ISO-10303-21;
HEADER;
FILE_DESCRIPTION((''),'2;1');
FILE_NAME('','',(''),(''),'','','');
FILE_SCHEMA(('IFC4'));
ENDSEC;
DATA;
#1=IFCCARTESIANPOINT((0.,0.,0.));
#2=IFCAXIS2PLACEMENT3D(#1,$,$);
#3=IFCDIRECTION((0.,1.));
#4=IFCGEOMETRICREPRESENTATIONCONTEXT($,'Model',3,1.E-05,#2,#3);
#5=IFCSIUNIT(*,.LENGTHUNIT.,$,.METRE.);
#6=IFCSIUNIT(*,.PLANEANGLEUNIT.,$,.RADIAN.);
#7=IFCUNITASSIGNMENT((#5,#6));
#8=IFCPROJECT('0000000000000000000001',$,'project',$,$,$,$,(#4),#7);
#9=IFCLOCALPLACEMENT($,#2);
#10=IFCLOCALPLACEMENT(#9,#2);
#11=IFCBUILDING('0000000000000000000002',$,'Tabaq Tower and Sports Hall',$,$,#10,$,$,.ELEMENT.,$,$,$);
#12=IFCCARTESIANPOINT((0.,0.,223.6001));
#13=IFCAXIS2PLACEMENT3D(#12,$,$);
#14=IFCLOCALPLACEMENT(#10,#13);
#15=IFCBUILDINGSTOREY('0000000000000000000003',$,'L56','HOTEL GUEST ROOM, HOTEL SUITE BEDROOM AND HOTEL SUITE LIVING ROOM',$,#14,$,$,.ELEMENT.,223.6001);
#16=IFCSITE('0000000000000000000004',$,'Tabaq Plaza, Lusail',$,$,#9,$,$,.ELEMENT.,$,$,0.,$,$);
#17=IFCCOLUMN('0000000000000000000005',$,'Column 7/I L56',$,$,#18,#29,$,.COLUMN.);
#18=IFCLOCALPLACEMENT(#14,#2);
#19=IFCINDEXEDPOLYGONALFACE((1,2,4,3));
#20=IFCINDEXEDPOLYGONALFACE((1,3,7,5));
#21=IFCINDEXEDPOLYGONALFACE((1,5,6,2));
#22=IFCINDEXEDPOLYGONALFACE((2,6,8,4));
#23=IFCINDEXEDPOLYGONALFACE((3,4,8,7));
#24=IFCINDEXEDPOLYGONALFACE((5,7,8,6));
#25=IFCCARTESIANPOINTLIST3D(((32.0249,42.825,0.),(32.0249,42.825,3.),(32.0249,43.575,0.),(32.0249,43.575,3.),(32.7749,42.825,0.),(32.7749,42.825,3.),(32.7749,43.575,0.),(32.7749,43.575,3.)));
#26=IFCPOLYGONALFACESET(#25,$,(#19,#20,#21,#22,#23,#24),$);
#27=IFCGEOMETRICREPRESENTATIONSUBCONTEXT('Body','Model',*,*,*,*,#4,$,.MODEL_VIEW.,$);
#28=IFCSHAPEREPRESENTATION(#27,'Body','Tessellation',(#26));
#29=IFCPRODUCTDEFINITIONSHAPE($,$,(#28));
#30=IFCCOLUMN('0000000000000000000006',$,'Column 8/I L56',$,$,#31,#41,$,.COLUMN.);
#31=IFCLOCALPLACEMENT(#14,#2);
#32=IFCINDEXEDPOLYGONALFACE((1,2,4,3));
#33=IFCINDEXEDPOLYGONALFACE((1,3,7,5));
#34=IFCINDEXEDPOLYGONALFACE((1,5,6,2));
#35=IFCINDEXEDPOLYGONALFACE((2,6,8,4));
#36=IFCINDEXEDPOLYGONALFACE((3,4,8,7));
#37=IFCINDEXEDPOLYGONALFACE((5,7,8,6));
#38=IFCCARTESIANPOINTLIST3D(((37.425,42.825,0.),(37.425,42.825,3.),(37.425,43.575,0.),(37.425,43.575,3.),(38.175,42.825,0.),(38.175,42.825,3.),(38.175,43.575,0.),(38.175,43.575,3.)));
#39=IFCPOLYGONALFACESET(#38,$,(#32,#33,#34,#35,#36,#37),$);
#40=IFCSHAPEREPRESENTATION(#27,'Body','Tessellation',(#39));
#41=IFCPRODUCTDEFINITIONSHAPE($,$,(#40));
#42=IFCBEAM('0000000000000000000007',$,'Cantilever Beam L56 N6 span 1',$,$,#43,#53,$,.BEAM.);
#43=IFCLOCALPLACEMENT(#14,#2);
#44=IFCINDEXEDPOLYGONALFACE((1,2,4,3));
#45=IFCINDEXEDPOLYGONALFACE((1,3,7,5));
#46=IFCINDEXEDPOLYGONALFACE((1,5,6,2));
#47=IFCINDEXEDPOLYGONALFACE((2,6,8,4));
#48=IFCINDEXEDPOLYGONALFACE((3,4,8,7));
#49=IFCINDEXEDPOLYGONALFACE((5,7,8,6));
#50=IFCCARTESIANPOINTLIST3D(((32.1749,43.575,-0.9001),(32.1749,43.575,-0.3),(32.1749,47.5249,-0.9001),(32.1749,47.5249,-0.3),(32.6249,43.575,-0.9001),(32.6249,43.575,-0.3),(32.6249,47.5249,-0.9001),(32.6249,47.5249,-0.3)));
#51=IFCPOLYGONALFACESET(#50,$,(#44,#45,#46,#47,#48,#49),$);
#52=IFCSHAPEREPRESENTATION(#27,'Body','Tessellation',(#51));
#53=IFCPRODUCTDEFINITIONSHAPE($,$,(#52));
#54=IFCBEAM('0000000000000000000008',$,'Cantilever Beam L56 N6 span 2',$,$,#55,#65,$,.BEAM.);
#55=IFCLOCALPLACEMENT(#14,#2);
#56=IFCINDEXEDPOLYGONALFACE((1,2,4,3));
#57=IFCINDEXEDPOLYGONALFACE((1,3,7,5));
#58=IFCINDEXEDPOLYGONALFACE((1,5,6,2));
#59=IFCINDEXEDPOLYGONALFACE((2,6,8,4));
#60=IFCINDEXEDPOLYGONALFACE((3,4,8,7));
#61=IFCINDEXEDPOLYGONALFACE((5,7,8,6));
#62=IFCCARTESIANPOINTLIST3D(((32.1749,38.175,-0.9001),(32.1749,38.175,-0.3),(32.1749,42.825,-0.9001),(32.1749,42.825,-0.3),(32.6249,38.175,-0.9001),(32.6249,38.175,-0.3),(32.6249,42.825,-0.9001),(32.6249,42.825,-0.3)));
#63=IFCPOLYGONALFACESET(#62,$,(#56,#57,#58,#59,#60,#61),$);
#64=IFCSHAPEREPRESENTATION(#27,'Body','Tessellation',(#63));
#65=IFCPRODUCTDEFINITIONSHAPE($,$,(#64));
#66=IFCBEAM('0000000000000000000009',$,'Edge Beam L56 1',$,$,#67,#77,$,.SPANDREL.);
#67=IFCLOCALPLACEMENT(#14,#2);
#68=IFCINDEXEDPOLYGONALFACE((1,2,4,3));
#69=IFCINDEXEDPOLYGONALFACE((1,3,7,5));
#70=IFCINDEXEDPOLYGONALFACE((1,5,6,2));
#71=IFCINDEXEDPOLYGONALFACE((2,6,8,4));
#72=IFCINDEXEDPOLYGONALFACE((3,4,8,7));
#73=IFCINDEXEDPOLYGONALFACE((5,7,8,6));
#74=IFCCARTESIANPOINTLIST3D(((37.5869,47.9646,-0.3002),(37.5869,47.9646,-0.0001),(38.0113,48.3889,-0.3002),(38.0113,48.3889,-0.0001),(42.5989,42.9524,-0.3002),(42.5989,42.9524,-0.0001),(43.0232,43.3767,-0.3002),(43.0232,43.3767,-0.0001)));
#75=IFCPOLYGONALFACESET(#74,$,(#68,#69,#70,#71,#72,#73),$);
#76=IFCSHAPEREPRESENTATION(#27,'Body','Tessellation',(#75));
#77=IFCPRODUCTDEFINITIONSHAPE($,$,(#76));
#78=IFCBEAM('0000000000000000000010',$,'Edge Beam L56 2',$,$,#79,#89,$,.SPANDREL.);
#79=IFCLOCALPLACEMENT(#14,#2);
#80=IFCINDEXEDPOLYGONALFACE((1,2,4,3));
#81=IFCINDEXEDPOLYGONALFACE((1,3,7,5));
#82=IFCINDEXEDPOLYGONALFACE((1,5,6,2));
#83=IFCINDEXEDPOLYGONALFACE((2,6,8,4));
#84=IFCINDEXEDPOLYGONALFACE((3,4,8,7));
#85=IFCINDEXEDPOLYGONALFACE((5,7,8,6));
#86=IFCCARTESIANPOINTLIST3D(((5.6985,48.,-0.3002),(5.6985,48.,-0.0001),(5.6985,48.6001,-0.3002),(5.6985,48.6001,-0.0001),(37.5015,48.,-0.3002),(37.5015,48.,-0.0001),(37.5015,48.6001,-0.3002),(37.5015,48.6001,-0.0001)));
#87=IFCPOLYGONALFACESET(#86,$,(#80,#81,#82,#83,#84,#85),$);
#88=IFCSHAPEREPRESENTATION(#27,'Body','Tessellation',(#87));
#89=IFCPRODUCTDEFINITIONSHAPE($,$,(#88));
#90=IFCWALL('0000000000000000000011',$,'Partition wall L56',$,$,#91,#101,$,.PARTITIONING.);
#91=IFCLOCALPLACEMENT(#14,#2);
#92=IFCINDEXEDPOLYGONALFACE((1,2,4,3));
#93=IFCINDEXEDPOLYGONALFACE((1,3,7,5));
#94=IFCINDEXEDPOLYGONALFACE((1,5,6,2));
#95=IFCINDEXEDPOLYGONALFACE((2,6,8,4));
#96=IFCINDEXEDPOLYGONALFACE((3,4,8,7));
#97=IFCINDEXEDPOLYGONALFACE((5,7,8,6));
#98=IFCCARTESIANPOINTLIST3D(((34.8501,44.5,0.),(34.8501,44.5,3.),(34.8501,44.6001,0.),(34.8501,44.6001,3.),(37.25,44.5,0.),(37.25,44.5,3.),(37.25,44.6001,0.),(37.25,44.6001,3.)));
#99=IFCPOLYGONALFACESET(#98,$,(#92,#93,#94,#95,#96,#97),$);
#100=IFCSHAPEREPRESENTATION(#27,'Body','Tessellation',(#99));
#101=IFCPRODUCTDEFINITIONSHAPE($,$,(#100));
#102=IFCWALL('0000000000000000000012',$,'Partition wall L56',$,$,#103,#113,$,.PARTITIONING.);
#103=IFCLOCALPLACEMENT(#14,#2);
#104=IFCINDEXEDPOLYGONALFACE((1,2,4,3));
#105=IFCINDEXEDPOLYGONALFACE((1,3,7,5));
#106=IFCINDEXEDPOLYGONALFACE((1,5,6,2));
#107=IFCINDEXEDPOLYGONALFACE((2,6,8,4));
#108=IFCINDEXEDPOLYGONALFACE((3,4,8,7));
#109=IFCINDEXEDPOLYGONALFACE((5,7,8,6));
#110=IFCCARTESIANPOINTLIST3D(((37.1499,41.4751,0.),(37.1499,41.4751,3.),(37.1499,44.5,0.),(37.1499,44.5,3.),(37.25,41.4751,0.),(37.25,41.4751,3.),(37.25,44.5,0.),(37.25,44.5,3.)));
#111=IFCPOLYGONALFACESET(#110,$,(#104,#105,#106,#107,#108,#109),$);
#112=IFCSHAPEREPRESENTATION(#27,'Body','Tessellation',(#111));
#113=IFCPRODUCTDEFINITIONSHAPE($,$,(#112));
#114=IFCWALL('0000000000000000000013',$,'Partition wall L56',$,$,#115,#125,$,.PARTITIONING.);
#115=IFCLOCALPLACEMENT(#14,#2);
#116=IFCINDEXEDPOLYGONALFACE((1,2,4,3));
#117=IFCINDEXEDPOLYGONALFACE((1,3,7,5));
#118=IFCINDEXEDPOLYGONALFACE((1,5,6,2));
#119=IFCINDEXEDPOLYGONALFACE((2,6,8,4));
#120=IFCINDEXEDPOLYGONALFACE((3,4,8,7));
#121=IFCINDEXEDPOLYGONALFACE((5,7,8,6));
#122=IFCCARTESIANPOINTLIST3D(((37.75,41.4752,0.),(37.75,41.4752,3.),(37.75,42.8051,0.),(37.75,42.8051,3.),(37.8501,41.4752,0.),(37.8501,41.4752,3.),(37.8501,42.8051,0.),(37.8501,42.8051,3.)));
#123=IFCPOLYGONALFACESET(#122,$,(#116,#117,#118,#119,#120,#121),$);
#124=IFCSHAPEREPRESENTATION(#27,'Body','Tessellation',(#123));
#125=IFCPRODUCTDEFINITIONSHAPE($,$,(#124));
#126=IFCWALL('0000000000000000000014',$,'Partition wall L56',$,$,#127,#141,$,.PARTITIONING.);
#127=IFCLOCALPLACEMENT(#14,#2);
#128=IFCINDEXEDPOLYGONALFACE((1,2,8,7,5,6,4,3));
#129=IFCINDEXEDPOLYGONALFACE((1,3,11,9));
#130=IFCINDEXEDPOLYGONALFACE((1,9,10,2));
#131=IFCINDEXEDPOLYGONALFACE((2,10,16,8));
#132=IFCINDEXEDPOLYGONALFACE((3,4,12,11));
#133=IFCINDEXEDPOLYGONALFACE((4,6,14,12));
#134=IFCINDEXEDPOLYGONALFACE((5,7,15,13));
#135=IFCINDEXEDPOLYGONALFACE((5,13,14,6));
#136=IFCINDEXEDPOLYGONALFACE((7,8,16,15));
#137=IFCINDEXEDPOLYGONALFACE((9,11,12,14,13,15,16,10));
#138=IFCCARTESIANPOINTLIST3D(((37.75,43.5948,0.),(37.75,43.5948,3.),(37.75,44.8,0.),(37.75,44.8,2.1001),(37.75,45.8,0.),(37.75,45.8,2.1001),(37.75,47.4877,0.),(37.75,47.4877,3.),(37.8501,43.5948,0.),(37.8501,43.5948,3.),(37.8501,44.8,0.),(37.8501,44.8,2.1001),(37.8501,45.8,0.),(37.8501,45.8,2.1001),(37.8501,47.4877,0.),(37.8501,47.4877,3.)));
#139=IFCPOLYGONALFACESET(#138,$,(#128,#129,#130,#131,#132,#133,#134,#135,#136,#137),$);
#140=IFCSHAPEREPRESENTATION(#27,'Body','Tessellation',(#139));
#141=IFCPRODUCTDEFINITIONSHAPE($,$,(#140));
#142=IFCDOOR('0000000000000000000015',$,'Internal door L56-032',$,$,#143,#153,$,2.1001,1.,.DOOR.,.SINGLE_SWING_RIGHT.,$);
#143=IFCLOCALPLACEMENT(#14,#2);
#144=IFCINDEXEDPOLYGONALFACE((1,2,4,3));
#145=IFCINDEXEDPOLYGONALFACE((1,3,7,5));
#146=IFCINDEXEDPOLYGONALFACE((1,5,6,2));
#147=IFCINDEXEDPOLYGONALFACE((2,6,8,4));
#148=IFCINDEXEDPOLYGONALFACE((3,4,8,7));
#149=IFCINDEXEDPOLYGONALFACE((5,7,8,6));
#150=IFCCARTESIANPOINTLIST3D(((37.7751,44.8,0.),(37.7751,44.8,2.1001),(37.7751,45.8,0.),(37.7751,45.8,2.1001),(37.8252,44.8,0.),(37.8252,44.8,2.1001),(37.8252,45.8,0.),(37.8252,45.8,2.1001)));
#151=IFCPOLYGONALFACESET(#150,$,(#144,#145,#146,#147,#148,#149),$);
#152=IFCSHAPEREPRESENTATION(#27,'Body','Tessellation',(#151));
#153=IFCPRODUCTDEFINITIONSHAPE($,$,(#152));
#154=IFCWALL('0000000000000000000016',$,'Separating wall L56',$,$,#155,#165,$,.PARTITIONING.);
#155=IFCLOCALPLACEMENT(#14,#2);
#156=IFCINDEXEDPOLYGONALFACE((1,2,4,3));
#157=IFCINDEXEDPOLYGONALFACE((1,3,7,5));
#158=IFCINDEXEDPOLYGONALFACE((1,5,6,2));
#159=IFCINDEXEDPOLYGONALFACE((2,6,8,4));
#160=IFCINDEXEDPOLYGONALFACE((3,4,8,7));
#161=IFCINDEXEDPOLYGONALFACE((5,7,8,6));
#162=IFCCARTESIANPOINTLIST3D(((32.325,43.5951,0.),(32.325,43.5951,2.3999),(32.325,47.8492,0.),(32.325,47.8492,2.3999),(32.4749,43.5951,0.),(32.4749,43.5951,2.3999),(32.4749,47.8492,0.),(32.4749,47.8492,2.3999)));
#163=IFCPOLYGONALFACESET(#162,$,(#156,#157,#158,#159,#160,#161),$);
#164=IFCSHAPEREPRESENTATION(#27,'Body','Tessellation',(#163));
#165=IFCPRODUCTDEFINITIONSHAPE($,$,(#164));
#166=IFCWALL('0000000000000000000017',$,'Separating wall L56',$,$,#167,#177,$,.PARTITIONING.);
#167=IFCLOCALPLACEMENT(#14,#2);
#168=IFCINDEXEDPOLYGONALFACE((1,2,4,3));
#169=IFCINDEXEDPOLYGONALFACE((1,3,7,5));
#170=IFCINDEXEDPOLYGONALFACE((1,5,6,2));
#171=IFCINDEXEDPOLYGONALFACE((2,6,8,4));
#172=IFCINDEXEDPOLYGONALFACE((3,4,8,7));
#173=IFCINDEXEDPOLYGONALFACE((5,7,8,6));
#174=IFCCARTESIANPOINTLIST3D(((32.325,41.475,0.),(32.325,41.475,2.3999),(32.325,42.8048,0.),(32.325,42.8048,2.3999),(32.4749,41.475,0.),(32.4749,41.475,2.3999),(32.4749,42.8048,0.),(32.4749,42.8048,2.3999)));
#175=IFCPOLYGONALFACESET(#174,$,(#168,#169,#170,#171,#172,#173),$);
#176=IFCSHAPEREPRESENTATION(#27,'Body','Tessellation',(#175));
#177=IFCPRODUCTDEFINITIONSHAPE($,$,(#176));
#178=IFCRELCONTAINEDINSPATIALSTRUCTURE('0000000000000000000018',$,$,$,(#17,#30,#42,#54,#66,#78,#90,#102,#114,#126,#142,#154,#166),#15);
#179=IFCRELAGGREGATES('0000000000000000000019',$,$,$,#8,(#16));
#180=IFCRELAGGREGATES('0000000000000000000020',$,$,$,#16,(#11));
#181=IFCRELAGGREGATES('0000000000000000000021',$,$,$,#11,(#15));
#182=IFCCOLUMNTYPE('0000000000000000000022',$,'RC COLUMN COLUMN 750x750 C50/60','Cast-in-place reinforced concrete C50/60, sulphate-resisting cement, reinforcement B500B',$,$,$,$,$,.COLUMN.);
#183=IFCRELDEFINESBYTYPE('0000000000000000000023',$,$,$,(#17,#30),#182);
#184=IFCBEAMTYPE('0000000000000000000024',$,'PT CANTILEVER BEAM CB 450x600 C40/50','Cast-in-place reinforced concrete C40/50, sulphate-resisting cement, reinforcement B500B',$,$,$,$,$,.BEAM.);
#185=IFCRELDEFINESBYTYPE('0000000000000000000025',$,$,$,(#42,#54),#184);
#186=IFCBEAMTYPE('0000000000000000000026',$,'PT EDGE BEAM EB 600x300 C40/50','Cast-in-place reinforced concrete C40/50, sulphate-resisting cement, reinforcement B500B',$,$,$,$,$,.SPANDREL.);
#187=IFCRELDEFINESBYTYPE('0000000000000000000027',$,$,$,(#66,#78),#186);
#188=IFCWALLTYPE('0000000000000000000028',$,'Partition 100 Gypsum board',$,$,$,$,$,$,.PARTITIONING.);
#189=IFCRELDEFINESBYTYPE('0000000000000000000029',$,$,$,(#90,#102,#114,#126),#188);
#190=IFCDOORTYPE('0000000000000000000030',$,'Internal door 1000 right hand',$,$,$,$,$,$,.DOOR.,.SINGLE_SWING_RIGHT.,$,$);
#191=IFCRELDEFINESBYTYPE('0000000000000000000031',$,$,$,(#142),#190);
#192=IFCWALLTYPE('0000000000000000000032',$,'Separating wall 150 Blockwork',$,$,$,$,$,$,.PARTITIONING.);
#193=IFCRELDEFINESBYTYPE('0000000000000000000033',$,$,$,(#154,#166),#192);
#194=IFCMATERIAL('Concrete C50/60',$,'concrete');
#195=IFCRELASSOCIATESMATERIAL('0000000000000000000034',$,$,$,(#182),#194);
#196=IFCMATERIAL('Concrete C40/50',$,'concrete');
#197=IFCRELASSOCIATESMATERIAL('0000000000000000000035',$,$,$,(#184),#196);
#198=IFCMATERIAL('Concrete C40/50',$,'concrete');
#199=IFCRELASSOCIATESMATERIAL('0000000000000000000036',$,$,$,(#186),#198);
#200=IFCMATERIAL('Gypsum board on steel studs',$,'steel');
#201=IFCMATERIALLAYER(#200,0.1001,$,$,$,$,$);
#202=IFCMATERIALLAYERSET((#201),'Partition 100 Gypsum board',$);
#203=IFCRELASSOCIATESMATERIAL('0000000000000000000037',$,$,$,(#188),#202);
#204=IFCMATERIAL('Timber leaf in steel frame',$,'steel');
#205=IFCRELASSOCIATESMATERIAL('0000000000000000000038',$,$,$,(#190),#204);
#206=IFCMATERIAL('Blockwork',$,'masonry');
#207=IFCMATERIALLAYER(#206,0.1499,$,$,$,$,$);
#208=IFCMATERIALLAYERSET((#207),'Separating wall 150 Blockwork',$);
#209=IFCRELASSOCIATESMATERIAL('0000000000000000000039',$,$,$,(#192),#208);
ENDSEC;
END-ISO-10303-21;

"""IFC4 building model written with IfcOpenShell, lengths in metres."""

from ifc_helpers import new_model, si_unit, direction, frame, frame_2d, origin, origin_2d, place, context, subcontext, project, spatial, rectangle, extrude, material, layer, layer_set, material_profile, profile_set, type_object, element, fill, save


model = new_model("IFC4")

# Units and contexts
model_context = context("Model", 3, precision=1e-05, world=origin(), true_north=direction((0.0, 1.0)))
body_context = subcontext(model_context, "Body", "Model", "MODEL_VIEW")
ifc_project = project(units=[si_unit("LENGTHUNIT", "METRE"), si_unit("PLANEANGLEUNIT", "RADIAN")], contexts=[model_context])

# Site, building, storey
site_placement = place(None, origin())
site = spatial("IfcSite", under=ifc_project, at=site_placement, Name="Tabaq Plaza, Lusail", CompositionType="ELEMENT", RefElevation=0.0)
building_placement = place(site_placement, origin())
building = spatial("IfcBuilding", under=site, at=building_placement, Name="Tabaq Tower and Sports Hall", CompositionType="ELEMENT")
storey_placement = place(building_placement, frame((0.0, 0.0, 223.6001)))
storey = spatial("IfcBuildingStorey", under=building, at=storey_placement, Name="L56", Description="HOTEL GUEST ROOM, HOTEL SUITE BEDROOM AND HOTEL SUITE LIVING ROOM", CompositionType="ELEMENT", Elevation=223.6001)

# Columns
ifc_material_1 = material(Name="Concrete C50/60", Category="concrete")
ifc_material_profile_1 = material_profile(ifc_material_1, rectangle(XDim=0.75, YDim=0.75, at=origin_2d()), Name="COLUMN 750x750")
ifc_profile_set_1 = profile_set([ifc_material_profile_1], Name="Concrete C50/60")
column_type = type_object("IfcColumnType", Name="RC COLUMN COLUMN 750x750 C50/60", Description="Cast-in-place reinforced concrete C50/60, sulphate-resisting cement, reinforcement B500B", PredefinedType="COLUMN", material=ifc_profile_set_1)
for number, where, z_axis, x_axis, name in (
    (1, (32.3999, 43.2, 0.0), (0.0, 0.0, 1.0), (1.0, 0.0, 0.0), "Column 7/I L56"),
    (2, (37.8, 43.2, 0.0), (0.0, 0.0, 1.0), (1.0, 0.0, 0.0), "Column 8/I L56"),
):
    element("IfcColumn", number, at=place(storey_placement, frame(where, z_axis=z_axis, x_axis=x_axis)), inside=storey, type_object=column_type, Name=name, PredefinedType="COLUMN", context=body_context, shape_type="SweptSolid", body=[
        extrude(rectangle(XDim=0.75, YDim=0.75, at=origin_2d()), origin(), (0.0, 0.0, 1.0), 3.0),
    ])

# Beams
ifc_material_2 = material(Name="Concrete C40/50", Category="concrete")
ifc_material_profile_2 = material_profile(ifc_material_2, rectangle(XDim=0.45, YDim=0.6001, at=origin_2d()), Name="CB 450x600")
ifc_profile_set_2 = profile_set([ifc_material_profile_2], Name="Concrete C40/50")
beam_type_1 = type_object("IfcBeamType", Name="PT CANTILEVER BEAM CB 450x600 C40/50", Description="Cast-in-place reinforced concrete C40/50, sulphate-resisting cement, reinforcement B500B", PredefinedType="BEAM", material=ifc_profile_set_2)
beam_1_placement = place(storey_placement, frame((32.3999, 47.5249, -0.6001), z_axis=(0.0, -1.0, 0.0), x_axis=(1.0, 0.0, 0.0)))
element("IfcBeam", 3, at=beam_1_placement, inside=storey, type_object=beam_type_1, Name="Cantilever Beam L56 N6 span 1", PredefinedType="BEAM", context=body_context, shape_type="SweptSolid", body=[
    extrude(rectangle(XDim=0.45, YDim=0.6001, at=origin_2d()), origin(), (0.0, 0.0, 1.0), 3.95),
])
beam_2_placement = place(storey_placement, frame((32.3999, 42.825, -0.6001), z_axis=(0.0, -1.0, 0.0), x_axis=(1.0, 0.0, 0.0)))
element("IfcBeam", 4, at=beam_2_placement, inside=storey, type_object=beam_type_1, Name="Cantilever Beam L56 N6 span 2", PredefinedType="BEAM", context=body_context, shape_type="SweptSolid", body=[
    extrude(rectangle(XDim=0.45, YDim=0.6001, at=origin_2d()), origin(), (0.0, 0.0, 1.0), 4.6499),
])
ifc_material_3 = material(Name="Concrete C40/50", Category="concrete")
ifc_material_profile_3 = material_profile(ifc_material_3, rectangle(XDim=0.6001, YDim=0.3, at=origin_2d()), Name="EB 600x300")
ifc_profile_set_3 = profile_set([ifc_material_profile_3], Name="Concrete C40/50")
beam_type_2 = type_object("IfcBeamType", Name="PT EDGE BEAM EB 600x300 C40/50", Description="Cast-in-place reinforced concrete C40/50, sulphate-resisting cement, reinforcement B500B", PredefinedType="SPANDREL", material=ifc_profile_set_3)
beam_3_placement = place(storey_placement, frame((42.811, 43.1646, -0.1501), z_axis=(-0.70709, 0.707124, 0.0), x_axis=(-0.707124, -0.70709, 0.0)))
element("IfcBeam", 5, at=beam_3_placement, inside=storey, type_object=beam_type_2, Name="Edge Beam L56 1", PredefinedType="SPANDREL", context=body_context, shape_type="SweptSolid", body=[
    extrude(rectangle(XDim=0.6001, YDim=0.3, at=origin_2d()), origin(), (0.0, 0.0, 1.0), 7.0881),
])
beam_4_placement = place(storey_placement, frame((37.5015, 48.3, -0.1501), z_axis=(-1.0, 0.0, 0.0), x_axis=(0.0, -1.0, 0.0)))
element("IfcBeam", 6, at=beam_4_placement, inside=storey, type_object=beam_type_2, Name="Edge Beam L56 2", PredefinedType="SPANDREL", context=body_context, shape_type="SweptSolid", body=[
    extrude(rectangle(XDim=0.6001, YDim=0.3, at=origin_2d()), origin(), (0.0, 0.0, 1.0), 31.803),
])

# Walls
ifc_material_4 = material(Name="Gypsum board on steel studs", Category="steel")
ifc_layer_1 = layer(ifc_material_4, 0.1001)
ifc_layer_set_1 = layer_set([ifc_layer_1], Name="Partition 100 Gypsum board")
wall_type_1 = type_object("IfcWallType", Name="Partition 100 Gypsum board", PredefinedType="PARTITIONING", material=ifc_layer_set_1)
wall_1_placement = place(storey_placement, frame((34.8501, 44.55, 0.0), z_axis=(0.0, 0.0, 1.0), x_axis=(1.0, 0.0, 0.0)))
element("IfcWall", 7, at=wall_1_placement, inside=storey, type_object=wall_type_1, Name="Partition wall L56", PredefinedType="PARTITIONING", context=body_context, shape_type="SweptSolid", body=[
    extrude(rectangle(XDim=2.3999, YDim=0.1001, at=frame_2d((1.2, 0.0))), origin(), (0.0, 0.0, 1.0), 3.0),
])
wall_2_placement = place(storey_placement, frame((37.2, 44.5, 0.0), z_axis=(0.0, 0.0, 1.0), x_axis=(0.0, -1.0, 0.0)))
element("IfcWall", 8, at=wall_2_placement, inside=storey, type_object=wall_type_1, Name="Partition wall L56", PredefinedType="PARTITIONING", context=body_context, shape_type="SweptSolid", body=[
    extrude(rectangle(XDim=3.0249, YDim=0.1001, at=frame_2d((1.5125, 0.0))), origin(), (0.0, 0.0, 1.0), 3.0),
])
wall_3_placement = place(storey_placement, frame((37.8, 41.4751, 0.0), z_axis=(0.0, 0.0, 1.0), x_axis=(0.0, 1.0, 0.0)))
element("IfcWall", 9, at=wall_3_placement, inside=storey, type_object=wall_type_1, Name="Partition wall L56", PredefinedType="PARTITIONING", context=body_context, shape_type="SweptSolid", body=[
    extrude(rectangle(XDim=1.3298, YDim=0.1001, at=frame_2d((0.665, 0.0))), origin(), (0.0, 0.0, 1.0), 3.0),
])

# Wall, opening, door
wall_4_placement = place(storey_placement, frame((37.8, 43.595, 0.0), z_axis=(0.0, 0.0, 1.0), x_axis=(0.0, 1.0, 0.0)))
wall_4 = element("IfcWall", 10, at=wall_4_placement, inside=storey, type_object=wall_type_1, Name="Partition wall L56", PredefinedType="PARTITIONING", context=body_context, shape_type="SweptSolid", body=[
    extrude(rectangle(XDim=3.8928, YDim=0.1001, at=frame_2d((1.9463, 0.0))), origin(), (0.0, 0.0, 1.0), 3.0),
])
opening_1_placement = place(wall_4_placement, frame((1.2051, 0.0, 0.0)))
opening_1 = element("IfcOpeningElement", 11, at=opening_1_placement, cuts=wall_4, PredefinedType="OPENING", context=body_context, shape_type="SweptSolid", body=[
    extrude(rectangle(XDim=1.0, YDim=2.1001, at=frame_2d((0.5, 1.05))), frame((0.0, 0.05, 0.0), z_axis=(0.0, -1.0, 0.0), x_axis=(1.0, 0.0, 0.0)), (0.0, 0.0, 1.0), 0.1001),
])
ifc_material_5 = material(Name="Timber leaf in steel frame", Category="steel")
door_type = type_object("IfcDoorType", Name="Internal door 1000 right hand", OperationType="SINGLE_SWING_RIGHT", PredefinedType="DOOR", material=ifc_material_5)
door_placement = place(opening_1_placement, origin())
door = element("IfcDoor", 12, at=door_placement, inside=storey, type_object=door_type, Name="Internal door L56-032", OperationType="SINGLE_SWING_RIGHT", OverallHeight=2.1001, OverallWidth=1.0, PredefinedType="DOOR", context=body_context, shape_type="SweptSolid", body=[
    extrude(rectangle(XDim=1.0, YDim=2.1001, at=frame_2d((0.5, 1.05))), frame((0.0, 0.0249, 0.0), z_axis=(0.0, -1.0, 0.0), x_axis=(1.0, 0.0, 0.0)), (0.0, 0.0, 1.0), 0.05),
])
fill(opening_1, door)

# Walls
ifc_material_6 = material(Name="Blockwork", Category="masonry")
ifc_layer_2 = layer(ifc_material_6, 0.1499)
ifc_layer_set_2 = layer_set([ifc_layer_2], Name="Separating wall 150 Blockwork")
wall_type_2 = type_object("IfcWallType", Name="Separating wall 150 Blockwork", PredefinedType="PARTITIONING", material=ifc_layer_set_2)
wall_5_placement = place(storey_placement, frame((32.3999, 47.8491, 0.0), z_axis=(0.0, 0.0, 1.0), x_axis=(0.0, -1.0, 0.0)))
element("IfcWall", 13, at=wall_5_placement, inside=storey, type_object=wall_type_2, Name="Separating wall L56", PredefinedType="PARTITIONING", context=body_context, shape_type="SweptSolid", body=[
    extrude(rectangle(XDim=4.2542, YDim=0.1499, at=frame_2d((2.127, 0.0))), origin(), (0.0, 0.0, 1.0), 2.3999),
])
wall_6_placement = place(storey_placement, frame((32.3999, 42.8049, 0.0), z_axis=(0.0, 0.0, 1.0), x_axis=(0.0, -1.0, 0.0)))
element("IfcWall", 14, at=wall_6_placement, inside=storey, type_object=wall_type_2, Name="Separating wall L56", PredefinedType="PARTITIONING", context=body_context, shape_type="SweptSolid", body=[
    extrude(rectangle(XDim=1.3298, YDim=0.1499, at=frame_2d((0.665, 0.0))), origin(), (0.0, 0.0, 1.0), 2.3999),
])

save(model, "model.ifc")
